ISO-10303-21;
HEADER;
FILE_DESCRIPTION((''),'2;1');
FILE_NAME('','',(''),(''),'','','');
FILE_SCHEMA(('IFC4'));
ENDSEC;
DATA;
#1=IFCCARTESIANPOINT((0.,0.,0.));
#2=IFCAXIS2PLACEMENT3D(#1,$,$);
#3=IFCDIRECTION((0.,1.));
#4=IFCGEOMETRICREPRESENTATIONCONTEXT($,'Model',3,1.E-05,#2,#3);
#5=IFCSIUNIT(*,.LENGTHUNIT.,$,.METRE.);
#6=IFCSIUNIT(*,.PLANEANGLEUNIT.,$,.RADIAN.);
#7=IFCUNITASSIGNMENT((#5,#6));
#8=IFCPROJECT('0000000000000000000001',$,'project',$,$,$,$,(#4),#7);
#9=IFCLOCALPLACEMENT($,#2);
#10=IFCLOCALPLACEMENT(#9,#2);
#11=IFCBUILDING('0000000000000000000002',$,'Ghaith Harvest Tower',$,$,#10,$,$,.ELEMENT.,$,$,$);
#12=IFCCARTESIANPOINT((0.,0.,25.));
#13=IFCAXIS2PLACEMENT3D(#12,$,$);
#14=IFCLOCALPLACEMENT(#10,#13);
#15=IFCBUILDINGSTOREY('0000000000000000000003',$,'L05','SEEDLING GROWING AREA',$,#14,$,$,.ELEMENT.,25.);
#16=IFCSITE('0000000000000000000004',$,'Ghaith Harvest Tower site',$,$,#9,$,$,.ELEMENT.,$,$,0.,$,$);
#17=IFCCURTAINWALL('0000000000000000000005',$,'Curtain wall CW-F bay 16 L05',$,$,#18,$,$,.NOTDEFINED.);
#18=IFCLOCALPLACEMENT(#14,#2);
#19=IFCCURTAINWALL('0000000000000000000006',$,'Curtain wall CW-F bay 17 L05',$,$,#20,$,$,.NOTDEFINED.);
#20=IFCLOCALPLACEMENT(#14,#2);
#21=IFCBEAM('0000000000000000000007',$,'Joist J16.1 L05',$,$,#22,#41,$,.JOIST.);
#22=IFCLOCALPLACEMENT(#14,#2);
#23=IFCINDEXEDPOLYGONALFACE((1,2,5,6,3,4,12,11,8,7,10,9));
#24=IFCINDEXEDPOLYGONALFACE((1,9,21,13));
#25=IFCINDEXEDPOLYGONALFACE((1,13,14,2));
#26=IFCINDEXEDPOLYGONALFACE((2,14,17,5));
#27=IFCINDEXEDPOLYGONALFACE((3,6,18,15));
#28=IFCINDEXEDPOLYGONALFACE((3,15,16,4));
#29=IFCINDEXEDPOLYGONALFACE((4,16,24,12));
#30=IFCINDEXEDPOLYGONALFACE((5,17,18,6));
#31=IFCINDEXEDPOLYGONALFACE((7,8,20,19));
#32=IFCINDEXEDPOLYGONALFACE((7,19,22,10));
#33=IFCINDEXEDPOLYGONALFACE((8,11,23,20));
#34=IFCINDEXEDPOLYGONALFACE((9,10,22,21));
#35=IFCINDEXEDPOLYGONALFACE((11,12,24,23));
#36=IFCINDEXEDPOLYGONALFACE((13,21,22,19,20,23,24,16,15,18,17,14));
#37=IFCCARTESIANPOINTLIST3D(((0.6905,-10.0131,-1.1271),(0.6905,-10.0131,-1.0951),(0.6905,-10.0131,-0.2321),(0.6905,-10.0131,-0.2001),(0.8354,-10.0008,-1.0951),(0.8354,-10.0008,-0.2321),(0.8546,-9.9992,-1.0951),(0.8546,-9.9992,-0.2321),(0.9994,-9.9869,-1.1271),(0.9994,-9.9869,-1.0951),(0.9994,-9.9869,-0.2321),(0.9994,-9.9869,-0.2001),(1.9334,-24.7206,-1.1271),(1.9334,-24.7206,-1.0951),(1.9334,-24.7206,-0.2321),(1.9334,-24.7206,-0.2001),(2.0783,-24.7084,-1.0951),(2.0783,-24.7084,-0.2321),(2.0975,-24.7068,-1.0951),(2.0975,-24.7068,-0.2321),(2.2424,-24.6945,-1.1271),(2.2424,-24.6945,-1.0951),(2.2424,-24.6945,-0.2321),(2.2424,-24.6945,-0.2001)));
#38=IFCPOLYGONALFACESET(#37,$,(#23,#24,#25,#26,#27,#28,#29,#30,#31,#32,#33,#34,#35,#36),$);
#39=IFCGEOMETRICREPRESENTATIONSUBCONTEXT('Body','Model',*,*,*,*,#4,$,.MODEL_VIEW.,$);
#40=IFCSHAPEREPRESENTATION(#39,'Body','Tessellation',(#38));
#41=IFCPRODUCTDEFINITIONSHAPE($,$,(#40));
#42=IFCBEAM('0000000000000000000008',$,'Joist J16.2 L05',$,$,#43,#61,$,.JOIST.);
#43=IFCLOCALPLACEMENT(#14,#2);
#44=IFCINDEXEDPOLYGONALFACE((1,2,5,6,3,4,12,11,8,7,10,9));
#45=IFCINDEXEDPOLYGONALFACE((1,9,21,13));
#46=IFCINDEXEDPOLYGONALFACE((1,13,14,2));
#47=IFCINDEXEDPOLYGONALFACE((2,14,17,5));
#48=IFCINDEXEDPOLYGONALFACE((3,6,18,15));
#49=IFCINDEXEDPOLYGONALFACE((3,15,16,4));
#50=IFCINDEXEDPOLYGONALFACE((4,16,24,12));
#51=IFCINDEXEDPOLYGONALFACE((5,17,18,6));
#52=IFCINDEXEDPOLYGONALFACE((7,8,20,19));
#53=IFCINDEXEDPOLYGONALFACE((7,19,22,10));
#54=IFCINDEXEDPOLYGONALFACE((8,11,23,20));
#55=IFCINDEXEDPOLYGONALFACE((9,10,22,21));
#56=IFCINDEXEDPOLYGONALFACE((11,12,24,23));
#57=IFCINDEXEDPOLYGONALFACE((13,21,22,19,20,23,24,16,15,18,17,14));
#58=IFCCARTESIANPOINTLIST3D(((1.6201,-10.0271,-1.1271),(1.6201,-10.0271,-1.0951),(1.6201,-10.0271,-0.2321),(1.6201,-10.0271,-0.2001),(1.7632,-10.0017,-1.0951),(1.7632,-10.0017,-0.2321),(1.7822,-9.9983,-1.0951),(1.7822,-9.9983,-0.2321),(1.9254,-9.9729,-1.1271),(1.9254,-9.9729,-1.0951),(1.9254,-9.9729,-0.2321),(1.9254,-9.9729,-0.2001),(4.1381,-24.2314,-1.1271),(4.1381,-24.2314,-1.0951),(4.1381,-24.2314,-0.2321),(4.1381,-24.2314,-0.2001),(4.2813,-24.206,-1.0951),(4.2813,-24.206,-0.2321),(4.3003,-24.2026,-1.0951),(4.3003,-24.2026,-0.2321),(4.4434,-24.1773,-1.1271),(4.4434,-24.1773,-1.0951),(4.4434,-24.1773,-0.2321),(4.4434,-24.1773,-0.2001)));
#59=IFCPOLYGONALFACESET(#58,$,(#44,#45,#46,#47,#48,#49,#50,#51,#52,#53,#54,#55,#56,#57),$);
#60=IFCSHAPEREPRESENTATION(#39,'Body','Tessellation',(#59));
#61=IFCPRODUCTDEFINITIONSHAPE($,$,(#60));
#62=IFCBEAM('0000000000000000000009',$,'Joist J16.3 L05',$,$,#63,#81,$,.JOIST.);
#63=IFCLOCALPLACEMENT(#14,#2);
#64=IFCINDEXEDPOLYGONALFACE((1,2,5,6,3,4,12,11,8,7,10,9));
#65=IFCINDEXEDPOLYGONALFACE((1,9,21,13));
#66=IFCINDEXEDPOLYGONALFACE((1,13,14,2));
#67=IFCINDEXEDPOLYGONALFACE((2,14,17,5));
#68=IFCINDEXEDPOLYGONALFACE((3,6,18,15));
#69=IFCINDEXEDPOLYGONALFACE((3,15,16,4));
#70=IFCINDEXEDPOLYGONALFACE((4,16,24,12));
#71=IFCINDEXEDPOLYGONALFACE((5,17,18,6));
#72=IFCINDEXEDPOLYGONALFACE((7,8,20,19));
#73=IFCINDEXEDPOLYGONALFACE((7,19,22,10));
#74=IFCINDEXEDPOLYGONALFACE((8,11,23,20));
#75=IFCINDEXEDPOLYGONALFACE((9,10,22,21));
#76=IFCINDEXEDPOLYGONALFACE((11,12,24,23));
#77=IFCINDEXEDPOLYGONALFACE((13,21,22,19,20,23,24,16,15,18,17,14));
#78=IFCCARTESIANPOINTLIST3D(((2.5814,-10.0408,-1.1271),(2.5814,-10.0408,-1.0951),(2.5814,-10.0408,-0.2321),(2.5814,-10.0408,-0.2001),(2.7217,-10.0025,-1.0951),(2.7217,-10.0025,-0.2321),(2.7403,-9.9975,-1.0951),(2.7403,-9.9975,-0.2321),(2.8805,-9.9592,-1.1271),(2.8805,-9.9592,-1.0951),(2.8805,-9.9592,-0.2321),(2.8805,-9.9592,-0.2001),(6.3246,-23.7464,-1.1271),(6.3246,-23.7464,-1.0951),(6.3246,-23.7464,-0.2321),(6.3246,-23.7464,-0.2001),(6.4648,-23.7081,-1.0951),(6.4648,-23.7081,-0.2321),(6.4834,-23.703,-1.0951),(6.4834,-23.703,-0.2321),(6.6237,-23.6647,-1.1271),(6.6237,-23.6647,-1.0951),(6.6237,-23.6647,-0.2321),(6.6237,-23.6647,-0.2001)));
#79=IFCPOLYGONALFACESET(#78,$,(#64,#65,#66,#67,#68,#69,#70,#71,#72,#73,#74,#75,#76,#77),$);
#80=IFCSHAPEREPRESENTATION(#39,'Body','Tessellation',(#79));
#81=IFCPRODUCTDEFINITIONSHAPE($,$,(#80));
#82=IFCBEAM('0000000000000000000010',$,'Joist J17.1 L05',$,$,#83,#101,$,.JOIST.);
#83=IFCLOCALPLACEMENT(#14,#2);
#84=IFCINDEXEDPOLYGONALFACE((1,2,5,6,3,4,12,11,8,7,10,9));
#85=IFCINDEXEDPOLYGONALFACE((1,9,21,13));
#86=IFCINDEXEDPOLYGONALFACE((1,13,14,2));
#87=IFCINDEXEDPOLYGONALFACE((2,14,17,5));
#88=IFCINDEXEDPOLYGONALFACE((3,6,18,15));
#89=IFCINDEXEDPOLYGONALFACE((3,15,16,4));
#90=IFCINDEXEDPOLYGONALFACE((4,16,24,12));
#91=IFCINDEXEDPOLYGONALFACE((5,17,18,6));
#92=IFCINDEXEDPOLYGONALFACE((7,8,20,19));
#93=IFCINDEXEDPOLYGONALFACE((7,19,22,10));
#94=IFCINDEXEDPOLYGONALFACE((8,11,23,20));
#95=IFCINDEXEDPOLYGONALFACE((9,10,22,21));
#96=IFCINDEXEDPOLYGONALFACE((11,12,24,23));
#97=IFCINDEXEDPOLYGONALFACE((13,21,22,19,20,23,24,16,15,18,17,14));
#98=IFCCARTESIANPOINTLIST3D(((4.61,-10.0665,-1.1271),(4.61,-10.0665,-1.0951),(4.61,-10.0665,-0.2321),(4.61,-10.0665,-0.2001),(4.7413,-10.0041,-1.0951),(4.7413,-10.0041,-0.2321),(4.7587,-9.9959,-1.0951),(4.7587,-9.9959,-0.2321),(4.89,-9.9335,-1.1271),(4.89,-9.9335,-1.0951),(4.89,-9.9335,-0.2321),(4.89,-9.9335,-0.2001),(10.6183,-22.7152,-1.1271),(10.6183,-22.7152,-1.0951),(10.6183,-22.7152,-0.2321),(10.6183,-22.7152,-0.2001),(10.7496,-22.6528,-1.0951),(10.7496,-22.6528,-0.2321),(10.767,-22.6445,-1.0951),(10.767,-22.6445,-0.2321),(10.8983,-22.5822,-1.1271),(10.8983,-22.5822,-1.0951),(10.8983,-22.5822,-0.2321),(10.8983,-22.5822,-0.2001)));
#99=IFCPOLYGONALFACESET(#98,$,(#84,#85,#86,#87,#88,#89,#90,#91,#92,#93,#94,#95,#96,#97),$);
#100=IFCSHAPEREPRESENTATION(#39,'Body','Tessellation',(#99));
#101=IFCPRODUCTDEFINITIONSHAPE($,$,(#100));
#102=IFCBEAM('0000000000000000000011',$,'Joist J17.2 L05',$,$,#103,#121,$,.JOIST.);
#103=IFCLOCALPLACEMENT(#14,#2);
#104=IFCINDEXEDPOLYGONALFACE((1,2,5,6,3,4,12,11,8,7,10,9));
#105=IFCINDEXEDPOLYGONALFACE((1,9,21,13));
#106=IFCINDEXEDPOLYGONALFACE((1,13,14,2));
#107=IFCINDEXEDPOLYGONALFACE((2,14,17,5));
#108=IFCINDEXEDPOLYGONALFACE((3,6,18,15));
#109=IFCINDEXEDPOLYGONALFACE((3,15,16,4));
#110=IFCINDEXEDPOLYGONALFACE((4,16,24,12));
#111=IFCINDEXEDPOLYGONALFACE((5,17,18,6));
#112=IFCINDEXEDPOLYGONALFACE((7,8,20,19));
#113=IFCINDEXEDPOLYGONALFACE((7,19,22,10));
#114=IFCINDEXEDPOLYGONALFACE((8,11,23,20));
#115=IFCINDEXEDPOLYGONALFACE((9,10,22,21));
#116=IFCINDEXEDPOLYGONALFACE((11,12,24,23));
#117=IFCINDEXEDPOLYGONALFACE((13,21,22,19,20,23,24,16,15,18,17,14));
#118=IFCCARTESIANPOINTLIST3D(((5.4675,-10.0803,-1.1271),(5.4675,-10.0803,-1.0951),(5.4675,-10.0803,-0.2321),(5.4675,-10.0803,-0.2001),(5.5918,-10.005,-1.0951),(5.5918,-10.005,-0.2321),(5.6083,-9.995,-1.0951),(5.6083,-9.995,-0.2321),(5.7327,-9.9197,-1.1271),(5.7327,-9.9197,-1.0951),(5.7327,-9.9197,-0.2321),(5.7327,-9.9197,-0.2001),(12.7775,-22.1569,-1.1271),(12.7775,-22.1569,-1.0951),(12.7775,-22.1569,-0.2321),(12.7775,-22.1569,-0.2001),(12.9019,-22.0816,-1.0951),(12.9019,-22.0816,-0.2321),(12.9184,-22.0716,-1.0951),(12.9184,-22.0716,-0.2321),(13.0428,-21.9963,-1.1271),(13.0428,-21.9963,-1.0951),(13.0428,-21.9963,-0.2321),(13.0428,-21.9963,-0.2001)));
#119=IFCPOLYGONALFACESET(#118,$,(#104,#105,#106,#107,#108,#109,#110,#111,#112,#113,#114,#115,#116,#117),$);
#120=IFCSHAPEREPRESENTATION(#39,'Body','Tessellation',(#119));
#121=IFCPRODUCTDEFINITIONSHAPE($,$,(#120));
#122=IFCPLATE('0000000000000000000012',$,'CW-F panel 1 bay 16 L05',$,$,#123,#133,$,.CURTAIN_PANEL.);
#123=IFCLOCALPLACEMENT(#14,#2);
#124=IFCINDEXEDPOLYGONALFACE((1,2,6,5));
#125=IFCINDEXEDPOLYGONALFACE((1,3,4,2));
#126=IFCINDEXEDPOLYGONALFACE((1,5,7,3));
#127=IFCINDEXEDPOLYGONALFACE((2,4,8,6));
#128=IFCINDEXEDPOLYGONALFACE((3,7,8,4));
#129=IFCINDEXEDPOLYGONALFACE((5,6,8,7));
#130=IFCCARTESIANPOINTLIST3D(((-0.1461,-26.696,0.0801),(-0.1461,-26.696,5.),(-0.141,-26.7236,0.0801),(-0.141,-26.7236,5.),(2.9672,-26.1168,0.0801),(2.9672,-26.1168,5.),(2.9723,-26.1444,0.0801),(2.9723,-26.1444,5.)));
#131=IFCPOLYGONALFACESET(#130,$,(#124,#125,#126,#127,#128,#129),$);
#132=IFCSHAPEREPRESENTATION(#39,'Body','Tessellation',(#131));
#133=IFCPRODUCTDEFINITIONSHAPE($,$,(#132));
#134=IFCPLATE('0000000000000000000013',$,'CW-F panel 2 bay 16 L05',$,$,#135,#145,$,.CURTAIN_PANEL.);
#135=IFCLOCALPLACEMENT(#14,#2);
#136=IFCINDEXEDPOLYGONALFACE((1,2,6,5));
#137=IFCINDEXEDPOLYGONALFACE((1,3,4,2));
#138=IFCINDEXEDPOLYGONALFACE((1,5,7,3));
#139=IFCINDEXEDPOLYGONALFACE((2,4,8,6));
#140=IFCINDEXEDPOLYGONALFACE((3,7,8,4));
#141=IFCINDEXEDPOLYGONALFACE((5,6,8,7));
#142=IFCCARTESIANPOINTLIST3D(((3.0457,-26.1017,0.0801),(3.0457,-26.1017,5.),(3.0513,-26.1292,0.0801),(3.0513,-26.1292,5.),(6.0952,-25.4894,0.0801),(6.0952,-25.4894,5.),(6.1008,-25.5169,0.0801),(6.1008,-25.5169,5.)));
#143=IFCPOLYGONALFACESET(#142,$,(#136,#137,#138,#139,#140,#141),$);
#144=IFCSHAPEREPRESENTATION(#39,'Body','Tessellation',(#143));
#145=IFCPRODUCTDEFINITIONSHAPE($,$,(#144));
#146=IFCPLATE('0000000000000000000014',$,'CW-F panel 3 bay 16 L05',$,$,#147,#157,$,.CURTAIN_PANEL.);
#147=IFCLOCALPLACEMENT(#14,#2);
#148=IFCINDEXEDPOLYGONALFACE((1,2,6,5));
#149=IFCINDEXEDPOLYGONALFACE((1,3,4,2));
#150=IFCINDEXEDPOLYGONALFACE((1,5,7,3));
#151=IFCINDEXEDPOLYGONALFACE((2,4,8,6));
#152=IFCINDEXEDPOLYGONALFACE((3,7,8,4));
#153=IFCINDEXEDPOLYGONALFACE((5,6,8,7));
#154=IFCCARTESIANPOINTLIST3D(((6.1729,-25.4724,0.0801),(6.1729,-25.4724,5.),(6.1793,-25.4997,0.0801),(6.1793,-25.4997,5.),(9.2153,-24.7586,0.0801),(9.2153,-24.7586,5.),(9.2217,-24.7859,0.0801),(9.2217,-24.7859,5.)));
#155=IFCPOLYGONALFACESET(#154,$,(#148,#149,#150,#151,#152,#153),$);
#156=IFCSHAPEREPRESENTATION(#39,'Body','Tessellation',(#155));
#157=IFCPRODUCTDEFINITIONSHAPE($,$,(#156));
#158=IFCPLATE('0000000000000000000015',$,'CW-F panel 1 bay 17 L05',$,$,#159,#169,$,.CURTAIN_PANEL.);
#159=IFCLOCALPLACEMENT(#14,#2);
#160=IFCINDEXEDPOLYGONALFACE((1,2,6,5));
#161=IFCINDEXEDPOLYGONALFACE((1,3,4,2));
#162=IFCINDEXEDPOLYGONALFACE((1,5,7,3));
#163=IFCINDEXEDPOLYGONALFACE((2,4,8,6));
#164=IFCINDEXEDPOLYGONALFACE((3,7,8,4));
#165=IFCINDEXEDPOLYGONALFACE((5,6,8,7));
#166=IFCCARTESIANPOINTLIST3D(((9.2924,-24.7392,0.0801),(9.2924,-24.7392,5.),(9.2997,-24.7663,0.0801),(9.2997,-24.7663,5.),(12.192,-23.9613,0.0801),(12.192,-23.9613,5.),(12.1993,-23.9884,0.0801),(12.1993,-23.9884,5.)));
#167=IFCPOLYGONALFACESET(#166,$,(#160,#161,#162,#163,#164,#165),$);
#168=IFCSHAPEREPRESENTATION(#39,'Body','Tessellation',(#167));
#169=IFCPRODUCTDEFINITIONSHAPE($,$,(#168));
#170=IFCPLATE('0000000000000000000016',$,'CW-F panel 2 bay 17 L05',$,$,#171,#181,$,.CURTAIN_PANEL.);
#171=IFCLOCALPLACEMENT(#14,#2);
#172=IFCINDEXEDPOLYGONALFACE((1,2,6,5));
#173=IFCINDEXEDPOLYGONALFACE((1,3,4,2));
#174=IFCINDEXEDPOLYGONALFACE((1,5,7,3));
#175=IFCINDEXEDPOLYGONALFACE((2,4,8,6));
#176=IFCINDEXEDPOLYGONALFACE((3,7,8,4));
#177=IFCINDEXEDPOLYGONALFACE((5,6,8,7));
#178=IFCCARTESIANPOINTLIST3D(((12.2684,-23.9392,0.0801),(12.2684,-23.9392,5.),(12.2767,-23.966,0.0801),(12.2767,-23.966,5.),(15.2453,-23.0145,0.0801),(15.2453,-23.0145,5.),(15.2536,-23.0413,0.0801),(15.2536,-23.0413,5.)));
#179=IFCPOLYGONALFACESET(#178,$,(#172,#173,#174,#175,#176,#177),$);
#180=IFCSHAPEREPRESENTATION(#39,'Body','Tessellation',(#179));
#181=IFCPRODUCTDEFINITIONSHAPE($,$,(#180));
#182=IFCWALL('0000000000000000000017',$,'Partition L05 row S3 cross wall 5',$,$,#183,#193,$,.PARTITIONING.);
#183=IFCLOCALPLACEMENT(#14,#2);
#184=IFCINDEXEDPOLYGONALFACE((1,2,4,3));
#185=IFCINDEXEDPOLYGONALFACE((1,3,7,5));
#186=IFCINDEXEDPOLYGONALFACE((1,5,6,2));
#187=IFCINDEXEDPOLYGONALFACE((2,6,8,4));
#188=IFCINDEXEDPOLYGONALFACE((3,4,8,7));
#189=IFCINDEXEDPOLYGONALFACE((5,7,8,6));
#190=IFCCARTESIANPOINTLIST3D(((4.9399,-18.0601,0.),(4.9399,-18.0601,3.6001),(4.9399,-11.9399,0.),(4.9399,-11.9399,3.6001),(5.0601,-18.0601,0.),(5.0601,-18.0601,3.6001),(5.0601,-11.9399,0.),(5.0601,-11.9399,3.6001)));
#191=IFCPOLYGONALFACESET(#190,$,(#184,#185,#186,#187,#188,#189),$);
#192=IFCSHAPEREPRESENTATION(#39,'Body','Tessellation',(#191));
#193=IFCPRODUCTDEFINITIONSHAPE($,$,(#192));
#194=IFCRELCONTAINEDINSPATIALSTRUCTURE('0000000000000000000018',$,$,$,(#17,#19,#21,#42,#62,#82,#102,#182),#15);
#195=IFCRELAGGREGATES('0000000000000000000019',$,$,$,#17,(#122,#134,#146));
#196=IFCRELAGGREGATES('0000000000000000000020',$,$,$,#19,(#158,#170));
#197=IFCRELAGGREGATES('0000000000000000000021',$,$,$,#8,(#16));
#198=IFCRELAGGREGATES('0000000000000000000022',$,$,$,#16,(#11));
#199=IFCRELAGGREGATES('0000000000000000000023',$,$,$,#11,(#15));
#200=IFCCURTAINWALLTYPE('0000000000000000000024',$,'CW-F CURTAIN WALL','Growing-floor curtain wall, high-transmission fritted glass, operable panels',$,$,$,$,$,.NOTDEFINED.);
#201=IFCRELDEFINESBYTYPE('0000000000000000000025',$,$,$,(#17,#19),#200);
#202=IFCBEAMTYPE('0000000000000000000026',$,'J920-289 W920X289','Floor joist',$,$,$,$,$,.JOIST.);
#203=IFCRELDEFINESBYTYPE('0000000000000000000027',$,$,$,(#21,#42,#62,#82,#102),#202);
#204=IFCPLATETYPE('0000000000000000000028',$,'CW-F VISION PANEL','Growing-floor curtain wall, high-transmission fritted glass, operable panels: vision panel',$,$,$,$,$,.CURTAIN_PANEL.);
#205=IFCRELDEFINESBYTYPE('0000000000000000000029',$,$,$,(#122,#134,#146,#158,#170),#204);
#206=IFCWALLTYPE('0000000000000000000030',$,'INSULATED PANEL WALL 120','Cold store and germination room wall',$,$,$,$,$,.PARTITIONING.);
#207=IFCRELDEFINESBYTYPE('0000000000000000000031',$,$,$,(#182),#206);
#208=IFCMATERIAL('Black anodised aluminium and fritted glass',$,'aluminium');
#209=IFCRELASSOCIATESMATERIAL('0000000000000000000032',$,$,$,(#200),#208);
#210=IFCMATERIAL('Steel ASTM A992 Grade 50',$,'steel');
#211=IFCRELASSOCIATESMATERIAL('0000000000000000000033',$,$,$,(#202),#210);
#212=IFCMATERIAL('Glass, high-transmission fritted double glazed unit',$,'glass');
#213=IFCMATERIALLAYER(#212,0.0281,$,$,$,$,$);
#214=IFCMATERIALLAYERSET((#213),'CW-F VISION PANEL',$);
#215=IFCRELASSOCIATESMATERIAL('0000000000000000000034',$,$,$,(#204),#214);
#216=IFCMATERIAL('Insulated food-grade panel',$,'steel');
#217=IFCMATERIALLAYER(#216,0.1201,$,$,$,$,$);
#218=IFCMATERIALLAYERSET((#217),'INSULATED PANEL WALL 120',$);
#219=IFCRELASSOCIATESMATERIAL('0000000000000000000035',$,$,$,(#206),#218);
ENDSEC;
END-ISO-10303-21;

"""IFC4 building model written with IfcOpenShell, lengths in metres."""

from ifc_helpers import new_model, si_unit, direction, frame, frame_2d, origin, origin_2d, place, context, subcontext, project, spatial, rectangle, i_section, extrude, material, layer, layer_set, material_profile, profile_set, type_object, element, aggregate, save


model = new_model("IFC4")

# Units and contexts
model_context = context("Model", 3, precision=1e-05, world=origin(), true_north=direction((0.0, 1.0)))
body_context = subcontext(model_context, "Body", "Model", "MODEL_VIEW")
ifc_project = project(units=[si_unit("LENGTHUNIT", "METRE"), si_unit("PLANEANGLEUNIT", "RADIAN")], contexts=[model_context])

# Site, building, storey
site_placement = place(None, origin())
site = spatial("IfcSite", under=ifc_project, at=site_placement, Name="Ghaith Harvest Tower site", CompositionType="ELEMENT", RefElevation=0.0)
building_placement = place(site_placement, origin())
building = spatial("IfcBuilding", under=site, at=building_placement, Name="Ghaith Harvest Tower", CompositionType="ELEMENT")
storey_placement = place(building_placement, frame((0.0, 0.0, 25.0)))
storey = spatial("IfcBuildingStorey", under=building, at=storey_placement, Name="L05", Description="SEEDLING GROWING AREA", CompositionType="ELEMENT", Elevation=25.0)

# Curtain walls
ifc_material_1 = material(Name="Black anodised aluminium and fritted glass", Category="aluminium")
curtain_wall_type = type_object("IfcCurtainWallType", Name="CW-F CURTAIN WALL", Description="Growing-floor curtain wall, high-transmission fritted glass, operable panels", PredefinedType="NOTDEFINED", material=ifc_material_1)
curtain_wall_1_placement = place(storey_placement, origin())
curtain_wall_1 = element("IfcCurtainWall", 1, at=curtain_wall_1_placement, inside=storey, type_object=curtain_wall_type, Name="Curtain wall CW-F bay 16 L05", PredefinedType="NOTDEFINED")
curtain_wall_2_placement = place(storey_placement, origin())
curtain_wall_2 = element("IfcCurtainWall", 2, at=curtain_wall_2_placement, inside=storey, type_object=curtain_wall_type, Name="Curtain wall CW-F bay 17 L05", PredefinedType="NOTDEFINED")

# Beams
ifc_material_2 = material(Name="Steel ASTM A992 Grade 50", Category="steel")
ifc_material_profile_1 = material_profile(ifc_material_2, i_section(OverallWidth=0.3101, OverallDepth=0.927, WebThickness=0.0193, FlangeThickness=0.032, at=origin_2d()), Name="W920X289")
ifc_profile_set_1 = profile_set([ifc_material_profile_1], Name="Steel ASTM A992 Grade 50")
beam_type_1 = type_object("IfcBeamType", Name="J920-289 W920X289", Description="Floor joist", PredefinedType="JOIST", material=ifc_profile_set_1)
beam_1_placement = place(storey_placement, frame((0.845, -10.0, -0.6636), z_axis=(0.084209, -0.996448, 0.0), x_axis=(0.996448, 0.084209, 0.0)))
element("IfcBeam", 3, at=beam_1_placement, inside=storey, type_object=beam_type_1, Name="Joist J16.1 L05", PredefinedType="JOIST", context=body_context, shape_type="SweptSolid", body=[
    extrude(i_section(OverallWidth=0.3101, OverallDepth=0.927, WebThickness=0.0193, FlangeThickness=0.032, at=origin_2d()), origin(), (0.0, 0.0, 1.0), 14.76),
])
beam_2_placement = place(storey_placement, frame((1.7727, -10.0, -0.6636), z_axis=(0.174553, -0.984648, 0.0), x_axis=(0.984648, 0.174553, 0.0)))
element("IfcBeam", 4, at=beam_2_placement, inside=storey, type_object=beam_type_1, Name="Joist J16.2 L05", PredefinedType="JOIST", context=body_context, shape_type="SweptSolid", body=[
    extrude(i_section(OverallWidth=0.3101, OverallDepth=0.927, WebThickness=0.0193, FlangeThickness=0.032, at=origin_2d()), origin(), (0.0, 0.0, 1.0), 14.4258),
])
beam_3_placement = place(storey_placement, frame((2.731, -10.0, -0.6636), z_axis=(0.263463, -0.964669, 0.0), x_axis=(0.964669, 0.263463, 0.0)))
element("IfcBeam", 5, at=beam_3_placement, inside=storey, type_object=beam_type_1, Name="Joist J16.3 L05", PredefinedType="JOIST", context=body_context, shape_type="SweptSolid", body=[
    extrude(i_section(OverallWidth=0.3101, OverallDepth=0.927, WebThickness=0.0193, FlangeThickness=0.032, at=origin_2d()), origin(), (0.0, 0.0, 1.0), 14.2075),
])
beam_4_placement = place(storey_placement, frame((4.75, -10.0, -0.6636), z_axis=(0.429067, -0.903273, 0.0), x_axis=(0.903273, 0.429067, 0.0)))
element("IfcBeam", 6, at=beam_4_placement, inside=storey, type_object=beam_type_1, Name="Joist J17.1 L05", PredefinedType="JOIST", context=body_context, shape_type="SweptSolid", body=[
    extrude(i_section(OverallWidth=0.3101, OverallDepth=0.927, WebThickness=0.0193, FlangeThickness=0.032, at=origin_2d()), origin(), (0.0, 0.0, 1.0), 14.0032),
])
beam_5_placement = place(storey_placement, frame((5.6001, -10.0, -0.6636), z_axis=(0.517829, -0.855484, 0.0), x_axis=(0.855484, 0.517829, 0.0)))
element("IfcBeam", 7, at=beam_5_placement, inside=storey, type_object=beam_type_1, Name="Joist J17.2 L05", PredefinedType="JOIST", context=body_context, shape_type="SweptSolid", body=[
    extrude(i_section(OverallWidth=0.3101, OverallDepth=0.927, WebThickness=0.0193, FlangeThickness=0.032, at=origin_2d()), origin(), (0.0, 0.0, 1.0), 14.1167),
])

# Plates
ifc_material_3 = material(Name="Glass, high-transmission fritted double glazed unit", Category="glass")
ifc_layer_1 = layer(ifc_material_3, 0.0281)
ifc_layer_set_1 = layer_set([ifc_layer_1], Name="CW-F VISION PANEL")
plate_type = type_object("IfcPlateType", Name="CW-F VISION PANEL", Description="Growing-floor curtain wall, high-transmission fritted glass, operable panels: vision panel", PredefinedType="CURTAIN_PANEL", material=ifc_layer_set_1)
plate_1_placement = place(storey_placement, frame((1.4131, -26.4202, 0.0801), z_axis=(0.0, 0.0, 1.0), x_axis=(0.983131, 0.182902, 0.0)))
plate_1 = element("IfcPlate", 8, at=plate_1_placement, type_object=plate_type, Name="CW-F panel 1 bay 16 L05", PredefinedType="CURTAIN_PANEL", context=body_context, shape_type="SweptSolid", body=[
    extrude(rectangle(XDim=3.1667, YDim=0.0281, at=origin_2d()), origin(), (0.0, 0.0, 1.0), 4.9199),
])
plate_2_placement = place(storey_placement, frame((4.5732, -25.8093, 0.0801), z_axis=(0.0, 0.0, 1.0), x_axis=(0.980432, 0.196856, 0.0)))
plate_2 = element("IfcPlate", 9, at=plate_2_placement, type_object=plate_type, Name="CW-F panel 2 bay 16 L05", PredefinedType="CURTAIN_PANEL", context=body_context, shape_type="SweptSolid", body=[
    extrude(rectangle(XDim=3.1104, YDim=0.0281, at=origin_2d()), origin(), (0.0, 0.0, 1.0), 4.9199),
])
plate_3_placement = place(storey_placement, frame((7.6973, -25.1292, 0.0801), z_axis=(0.0, 0.0, 1.0), x_axis=(0.973565, 0.228411, 0.0)))
plate_3 = element("IfcPlate", 10, at=plate_3_placement, type_object=plate_type, Name="CW-F panel 3 bay 16 L05", PredefinedType="CURTAIN_PANEL", context=body_context, shape_type="SweptSolid", body=[
    extrude(rectangle(XDim=3.125, YDim=0.0281, at=origin_2d()), origin(), (0.0, 0.0, 1.0), 4.9199),
])
aggregate(curtain_wall_1, [plate_1, plate_2, plate_3])
plate_4_placement = place(storey_placement, frame((10.7458, -24.3638, 0.0801), z_axis=(0.0, 0.0, 1.0), x_axis=(0.965848, 0.259108, 0.0)))
plate_4 = element("IfcPlate", 11, at=plate_4_placement, type_object=plate_type, Name="CW-F panel 1 bay 17 L05", PredefinedType="CURTAIN_PANEL", context=body_context, shape_type="SweptSolid", body=[
    extrude(rectangle(XDim=3.0022, YDim=0.0281, at=origin_2d()), origin(), (0.0, 0.0, 1.0), 4.9199),
])
plate_5_placement = place(storey_placement, frame((13.761, -23.4902, 0.0801), z_axis=(0.0, 0.0, 1.0), x_axis=(0.954988, 0.296644, 0.0)))
plate_5 = element("IfcPlate", 12, at=plate_5_placement, type_object=plate_type, Name="CW-F panel 2 bay 17 L05", PredefinedType="CURTAIN_PANEL", context=body_context, shape_type="SweptSolid", body=[
    extrude(rectangle(XDim=3.1172, YDim=0.0281, at=origin_2d()), origin(), (0.0, 0.0, 1.0), 4.9199),
])
aggregate(curtain_wall_2, [plate_4, plate_5])

# Wall
ifc_material_4 = material(Name="Insulated food-grade panel", Category="steel")
ifc_layer_2 = layer(ifc_material_4, 0.1201)
ifc_layer_set_2 = layer_set([ifc_layer_2], Name="INSULATED PANEL WALL 120")
wall_type_1 = type_object("IfcWallType", Name="INSULATED PANEL WALL 120", Description="Cold store and germination room wall", PredefinedType="PARTITIONING", material=ifc_layer_set_2)
wall_1_placement = place(storey_placement, frame((5.0, -11.9399, 0.0), z_axis=(0.0, 0.0, 1.0), x_axis=(0.0, -1.0, 0.0)))
element("IfcWall", 13, at=wall_1_placement, inside=storey, type_object=wall_type_1, Name="Partition L05 row S3 cross wall 5", PredefinedType="PARTITIONING", context=body_context, shape_type="SweptSolid", body=[
    extrude(rectangle(XDim=6.1201, YDim=0.1201, at=frame_2d((3.0601, 0.0))), origin(), (0.0, 0.0, 1.0), 3.6001),
])

save(model, "model.ifc")
